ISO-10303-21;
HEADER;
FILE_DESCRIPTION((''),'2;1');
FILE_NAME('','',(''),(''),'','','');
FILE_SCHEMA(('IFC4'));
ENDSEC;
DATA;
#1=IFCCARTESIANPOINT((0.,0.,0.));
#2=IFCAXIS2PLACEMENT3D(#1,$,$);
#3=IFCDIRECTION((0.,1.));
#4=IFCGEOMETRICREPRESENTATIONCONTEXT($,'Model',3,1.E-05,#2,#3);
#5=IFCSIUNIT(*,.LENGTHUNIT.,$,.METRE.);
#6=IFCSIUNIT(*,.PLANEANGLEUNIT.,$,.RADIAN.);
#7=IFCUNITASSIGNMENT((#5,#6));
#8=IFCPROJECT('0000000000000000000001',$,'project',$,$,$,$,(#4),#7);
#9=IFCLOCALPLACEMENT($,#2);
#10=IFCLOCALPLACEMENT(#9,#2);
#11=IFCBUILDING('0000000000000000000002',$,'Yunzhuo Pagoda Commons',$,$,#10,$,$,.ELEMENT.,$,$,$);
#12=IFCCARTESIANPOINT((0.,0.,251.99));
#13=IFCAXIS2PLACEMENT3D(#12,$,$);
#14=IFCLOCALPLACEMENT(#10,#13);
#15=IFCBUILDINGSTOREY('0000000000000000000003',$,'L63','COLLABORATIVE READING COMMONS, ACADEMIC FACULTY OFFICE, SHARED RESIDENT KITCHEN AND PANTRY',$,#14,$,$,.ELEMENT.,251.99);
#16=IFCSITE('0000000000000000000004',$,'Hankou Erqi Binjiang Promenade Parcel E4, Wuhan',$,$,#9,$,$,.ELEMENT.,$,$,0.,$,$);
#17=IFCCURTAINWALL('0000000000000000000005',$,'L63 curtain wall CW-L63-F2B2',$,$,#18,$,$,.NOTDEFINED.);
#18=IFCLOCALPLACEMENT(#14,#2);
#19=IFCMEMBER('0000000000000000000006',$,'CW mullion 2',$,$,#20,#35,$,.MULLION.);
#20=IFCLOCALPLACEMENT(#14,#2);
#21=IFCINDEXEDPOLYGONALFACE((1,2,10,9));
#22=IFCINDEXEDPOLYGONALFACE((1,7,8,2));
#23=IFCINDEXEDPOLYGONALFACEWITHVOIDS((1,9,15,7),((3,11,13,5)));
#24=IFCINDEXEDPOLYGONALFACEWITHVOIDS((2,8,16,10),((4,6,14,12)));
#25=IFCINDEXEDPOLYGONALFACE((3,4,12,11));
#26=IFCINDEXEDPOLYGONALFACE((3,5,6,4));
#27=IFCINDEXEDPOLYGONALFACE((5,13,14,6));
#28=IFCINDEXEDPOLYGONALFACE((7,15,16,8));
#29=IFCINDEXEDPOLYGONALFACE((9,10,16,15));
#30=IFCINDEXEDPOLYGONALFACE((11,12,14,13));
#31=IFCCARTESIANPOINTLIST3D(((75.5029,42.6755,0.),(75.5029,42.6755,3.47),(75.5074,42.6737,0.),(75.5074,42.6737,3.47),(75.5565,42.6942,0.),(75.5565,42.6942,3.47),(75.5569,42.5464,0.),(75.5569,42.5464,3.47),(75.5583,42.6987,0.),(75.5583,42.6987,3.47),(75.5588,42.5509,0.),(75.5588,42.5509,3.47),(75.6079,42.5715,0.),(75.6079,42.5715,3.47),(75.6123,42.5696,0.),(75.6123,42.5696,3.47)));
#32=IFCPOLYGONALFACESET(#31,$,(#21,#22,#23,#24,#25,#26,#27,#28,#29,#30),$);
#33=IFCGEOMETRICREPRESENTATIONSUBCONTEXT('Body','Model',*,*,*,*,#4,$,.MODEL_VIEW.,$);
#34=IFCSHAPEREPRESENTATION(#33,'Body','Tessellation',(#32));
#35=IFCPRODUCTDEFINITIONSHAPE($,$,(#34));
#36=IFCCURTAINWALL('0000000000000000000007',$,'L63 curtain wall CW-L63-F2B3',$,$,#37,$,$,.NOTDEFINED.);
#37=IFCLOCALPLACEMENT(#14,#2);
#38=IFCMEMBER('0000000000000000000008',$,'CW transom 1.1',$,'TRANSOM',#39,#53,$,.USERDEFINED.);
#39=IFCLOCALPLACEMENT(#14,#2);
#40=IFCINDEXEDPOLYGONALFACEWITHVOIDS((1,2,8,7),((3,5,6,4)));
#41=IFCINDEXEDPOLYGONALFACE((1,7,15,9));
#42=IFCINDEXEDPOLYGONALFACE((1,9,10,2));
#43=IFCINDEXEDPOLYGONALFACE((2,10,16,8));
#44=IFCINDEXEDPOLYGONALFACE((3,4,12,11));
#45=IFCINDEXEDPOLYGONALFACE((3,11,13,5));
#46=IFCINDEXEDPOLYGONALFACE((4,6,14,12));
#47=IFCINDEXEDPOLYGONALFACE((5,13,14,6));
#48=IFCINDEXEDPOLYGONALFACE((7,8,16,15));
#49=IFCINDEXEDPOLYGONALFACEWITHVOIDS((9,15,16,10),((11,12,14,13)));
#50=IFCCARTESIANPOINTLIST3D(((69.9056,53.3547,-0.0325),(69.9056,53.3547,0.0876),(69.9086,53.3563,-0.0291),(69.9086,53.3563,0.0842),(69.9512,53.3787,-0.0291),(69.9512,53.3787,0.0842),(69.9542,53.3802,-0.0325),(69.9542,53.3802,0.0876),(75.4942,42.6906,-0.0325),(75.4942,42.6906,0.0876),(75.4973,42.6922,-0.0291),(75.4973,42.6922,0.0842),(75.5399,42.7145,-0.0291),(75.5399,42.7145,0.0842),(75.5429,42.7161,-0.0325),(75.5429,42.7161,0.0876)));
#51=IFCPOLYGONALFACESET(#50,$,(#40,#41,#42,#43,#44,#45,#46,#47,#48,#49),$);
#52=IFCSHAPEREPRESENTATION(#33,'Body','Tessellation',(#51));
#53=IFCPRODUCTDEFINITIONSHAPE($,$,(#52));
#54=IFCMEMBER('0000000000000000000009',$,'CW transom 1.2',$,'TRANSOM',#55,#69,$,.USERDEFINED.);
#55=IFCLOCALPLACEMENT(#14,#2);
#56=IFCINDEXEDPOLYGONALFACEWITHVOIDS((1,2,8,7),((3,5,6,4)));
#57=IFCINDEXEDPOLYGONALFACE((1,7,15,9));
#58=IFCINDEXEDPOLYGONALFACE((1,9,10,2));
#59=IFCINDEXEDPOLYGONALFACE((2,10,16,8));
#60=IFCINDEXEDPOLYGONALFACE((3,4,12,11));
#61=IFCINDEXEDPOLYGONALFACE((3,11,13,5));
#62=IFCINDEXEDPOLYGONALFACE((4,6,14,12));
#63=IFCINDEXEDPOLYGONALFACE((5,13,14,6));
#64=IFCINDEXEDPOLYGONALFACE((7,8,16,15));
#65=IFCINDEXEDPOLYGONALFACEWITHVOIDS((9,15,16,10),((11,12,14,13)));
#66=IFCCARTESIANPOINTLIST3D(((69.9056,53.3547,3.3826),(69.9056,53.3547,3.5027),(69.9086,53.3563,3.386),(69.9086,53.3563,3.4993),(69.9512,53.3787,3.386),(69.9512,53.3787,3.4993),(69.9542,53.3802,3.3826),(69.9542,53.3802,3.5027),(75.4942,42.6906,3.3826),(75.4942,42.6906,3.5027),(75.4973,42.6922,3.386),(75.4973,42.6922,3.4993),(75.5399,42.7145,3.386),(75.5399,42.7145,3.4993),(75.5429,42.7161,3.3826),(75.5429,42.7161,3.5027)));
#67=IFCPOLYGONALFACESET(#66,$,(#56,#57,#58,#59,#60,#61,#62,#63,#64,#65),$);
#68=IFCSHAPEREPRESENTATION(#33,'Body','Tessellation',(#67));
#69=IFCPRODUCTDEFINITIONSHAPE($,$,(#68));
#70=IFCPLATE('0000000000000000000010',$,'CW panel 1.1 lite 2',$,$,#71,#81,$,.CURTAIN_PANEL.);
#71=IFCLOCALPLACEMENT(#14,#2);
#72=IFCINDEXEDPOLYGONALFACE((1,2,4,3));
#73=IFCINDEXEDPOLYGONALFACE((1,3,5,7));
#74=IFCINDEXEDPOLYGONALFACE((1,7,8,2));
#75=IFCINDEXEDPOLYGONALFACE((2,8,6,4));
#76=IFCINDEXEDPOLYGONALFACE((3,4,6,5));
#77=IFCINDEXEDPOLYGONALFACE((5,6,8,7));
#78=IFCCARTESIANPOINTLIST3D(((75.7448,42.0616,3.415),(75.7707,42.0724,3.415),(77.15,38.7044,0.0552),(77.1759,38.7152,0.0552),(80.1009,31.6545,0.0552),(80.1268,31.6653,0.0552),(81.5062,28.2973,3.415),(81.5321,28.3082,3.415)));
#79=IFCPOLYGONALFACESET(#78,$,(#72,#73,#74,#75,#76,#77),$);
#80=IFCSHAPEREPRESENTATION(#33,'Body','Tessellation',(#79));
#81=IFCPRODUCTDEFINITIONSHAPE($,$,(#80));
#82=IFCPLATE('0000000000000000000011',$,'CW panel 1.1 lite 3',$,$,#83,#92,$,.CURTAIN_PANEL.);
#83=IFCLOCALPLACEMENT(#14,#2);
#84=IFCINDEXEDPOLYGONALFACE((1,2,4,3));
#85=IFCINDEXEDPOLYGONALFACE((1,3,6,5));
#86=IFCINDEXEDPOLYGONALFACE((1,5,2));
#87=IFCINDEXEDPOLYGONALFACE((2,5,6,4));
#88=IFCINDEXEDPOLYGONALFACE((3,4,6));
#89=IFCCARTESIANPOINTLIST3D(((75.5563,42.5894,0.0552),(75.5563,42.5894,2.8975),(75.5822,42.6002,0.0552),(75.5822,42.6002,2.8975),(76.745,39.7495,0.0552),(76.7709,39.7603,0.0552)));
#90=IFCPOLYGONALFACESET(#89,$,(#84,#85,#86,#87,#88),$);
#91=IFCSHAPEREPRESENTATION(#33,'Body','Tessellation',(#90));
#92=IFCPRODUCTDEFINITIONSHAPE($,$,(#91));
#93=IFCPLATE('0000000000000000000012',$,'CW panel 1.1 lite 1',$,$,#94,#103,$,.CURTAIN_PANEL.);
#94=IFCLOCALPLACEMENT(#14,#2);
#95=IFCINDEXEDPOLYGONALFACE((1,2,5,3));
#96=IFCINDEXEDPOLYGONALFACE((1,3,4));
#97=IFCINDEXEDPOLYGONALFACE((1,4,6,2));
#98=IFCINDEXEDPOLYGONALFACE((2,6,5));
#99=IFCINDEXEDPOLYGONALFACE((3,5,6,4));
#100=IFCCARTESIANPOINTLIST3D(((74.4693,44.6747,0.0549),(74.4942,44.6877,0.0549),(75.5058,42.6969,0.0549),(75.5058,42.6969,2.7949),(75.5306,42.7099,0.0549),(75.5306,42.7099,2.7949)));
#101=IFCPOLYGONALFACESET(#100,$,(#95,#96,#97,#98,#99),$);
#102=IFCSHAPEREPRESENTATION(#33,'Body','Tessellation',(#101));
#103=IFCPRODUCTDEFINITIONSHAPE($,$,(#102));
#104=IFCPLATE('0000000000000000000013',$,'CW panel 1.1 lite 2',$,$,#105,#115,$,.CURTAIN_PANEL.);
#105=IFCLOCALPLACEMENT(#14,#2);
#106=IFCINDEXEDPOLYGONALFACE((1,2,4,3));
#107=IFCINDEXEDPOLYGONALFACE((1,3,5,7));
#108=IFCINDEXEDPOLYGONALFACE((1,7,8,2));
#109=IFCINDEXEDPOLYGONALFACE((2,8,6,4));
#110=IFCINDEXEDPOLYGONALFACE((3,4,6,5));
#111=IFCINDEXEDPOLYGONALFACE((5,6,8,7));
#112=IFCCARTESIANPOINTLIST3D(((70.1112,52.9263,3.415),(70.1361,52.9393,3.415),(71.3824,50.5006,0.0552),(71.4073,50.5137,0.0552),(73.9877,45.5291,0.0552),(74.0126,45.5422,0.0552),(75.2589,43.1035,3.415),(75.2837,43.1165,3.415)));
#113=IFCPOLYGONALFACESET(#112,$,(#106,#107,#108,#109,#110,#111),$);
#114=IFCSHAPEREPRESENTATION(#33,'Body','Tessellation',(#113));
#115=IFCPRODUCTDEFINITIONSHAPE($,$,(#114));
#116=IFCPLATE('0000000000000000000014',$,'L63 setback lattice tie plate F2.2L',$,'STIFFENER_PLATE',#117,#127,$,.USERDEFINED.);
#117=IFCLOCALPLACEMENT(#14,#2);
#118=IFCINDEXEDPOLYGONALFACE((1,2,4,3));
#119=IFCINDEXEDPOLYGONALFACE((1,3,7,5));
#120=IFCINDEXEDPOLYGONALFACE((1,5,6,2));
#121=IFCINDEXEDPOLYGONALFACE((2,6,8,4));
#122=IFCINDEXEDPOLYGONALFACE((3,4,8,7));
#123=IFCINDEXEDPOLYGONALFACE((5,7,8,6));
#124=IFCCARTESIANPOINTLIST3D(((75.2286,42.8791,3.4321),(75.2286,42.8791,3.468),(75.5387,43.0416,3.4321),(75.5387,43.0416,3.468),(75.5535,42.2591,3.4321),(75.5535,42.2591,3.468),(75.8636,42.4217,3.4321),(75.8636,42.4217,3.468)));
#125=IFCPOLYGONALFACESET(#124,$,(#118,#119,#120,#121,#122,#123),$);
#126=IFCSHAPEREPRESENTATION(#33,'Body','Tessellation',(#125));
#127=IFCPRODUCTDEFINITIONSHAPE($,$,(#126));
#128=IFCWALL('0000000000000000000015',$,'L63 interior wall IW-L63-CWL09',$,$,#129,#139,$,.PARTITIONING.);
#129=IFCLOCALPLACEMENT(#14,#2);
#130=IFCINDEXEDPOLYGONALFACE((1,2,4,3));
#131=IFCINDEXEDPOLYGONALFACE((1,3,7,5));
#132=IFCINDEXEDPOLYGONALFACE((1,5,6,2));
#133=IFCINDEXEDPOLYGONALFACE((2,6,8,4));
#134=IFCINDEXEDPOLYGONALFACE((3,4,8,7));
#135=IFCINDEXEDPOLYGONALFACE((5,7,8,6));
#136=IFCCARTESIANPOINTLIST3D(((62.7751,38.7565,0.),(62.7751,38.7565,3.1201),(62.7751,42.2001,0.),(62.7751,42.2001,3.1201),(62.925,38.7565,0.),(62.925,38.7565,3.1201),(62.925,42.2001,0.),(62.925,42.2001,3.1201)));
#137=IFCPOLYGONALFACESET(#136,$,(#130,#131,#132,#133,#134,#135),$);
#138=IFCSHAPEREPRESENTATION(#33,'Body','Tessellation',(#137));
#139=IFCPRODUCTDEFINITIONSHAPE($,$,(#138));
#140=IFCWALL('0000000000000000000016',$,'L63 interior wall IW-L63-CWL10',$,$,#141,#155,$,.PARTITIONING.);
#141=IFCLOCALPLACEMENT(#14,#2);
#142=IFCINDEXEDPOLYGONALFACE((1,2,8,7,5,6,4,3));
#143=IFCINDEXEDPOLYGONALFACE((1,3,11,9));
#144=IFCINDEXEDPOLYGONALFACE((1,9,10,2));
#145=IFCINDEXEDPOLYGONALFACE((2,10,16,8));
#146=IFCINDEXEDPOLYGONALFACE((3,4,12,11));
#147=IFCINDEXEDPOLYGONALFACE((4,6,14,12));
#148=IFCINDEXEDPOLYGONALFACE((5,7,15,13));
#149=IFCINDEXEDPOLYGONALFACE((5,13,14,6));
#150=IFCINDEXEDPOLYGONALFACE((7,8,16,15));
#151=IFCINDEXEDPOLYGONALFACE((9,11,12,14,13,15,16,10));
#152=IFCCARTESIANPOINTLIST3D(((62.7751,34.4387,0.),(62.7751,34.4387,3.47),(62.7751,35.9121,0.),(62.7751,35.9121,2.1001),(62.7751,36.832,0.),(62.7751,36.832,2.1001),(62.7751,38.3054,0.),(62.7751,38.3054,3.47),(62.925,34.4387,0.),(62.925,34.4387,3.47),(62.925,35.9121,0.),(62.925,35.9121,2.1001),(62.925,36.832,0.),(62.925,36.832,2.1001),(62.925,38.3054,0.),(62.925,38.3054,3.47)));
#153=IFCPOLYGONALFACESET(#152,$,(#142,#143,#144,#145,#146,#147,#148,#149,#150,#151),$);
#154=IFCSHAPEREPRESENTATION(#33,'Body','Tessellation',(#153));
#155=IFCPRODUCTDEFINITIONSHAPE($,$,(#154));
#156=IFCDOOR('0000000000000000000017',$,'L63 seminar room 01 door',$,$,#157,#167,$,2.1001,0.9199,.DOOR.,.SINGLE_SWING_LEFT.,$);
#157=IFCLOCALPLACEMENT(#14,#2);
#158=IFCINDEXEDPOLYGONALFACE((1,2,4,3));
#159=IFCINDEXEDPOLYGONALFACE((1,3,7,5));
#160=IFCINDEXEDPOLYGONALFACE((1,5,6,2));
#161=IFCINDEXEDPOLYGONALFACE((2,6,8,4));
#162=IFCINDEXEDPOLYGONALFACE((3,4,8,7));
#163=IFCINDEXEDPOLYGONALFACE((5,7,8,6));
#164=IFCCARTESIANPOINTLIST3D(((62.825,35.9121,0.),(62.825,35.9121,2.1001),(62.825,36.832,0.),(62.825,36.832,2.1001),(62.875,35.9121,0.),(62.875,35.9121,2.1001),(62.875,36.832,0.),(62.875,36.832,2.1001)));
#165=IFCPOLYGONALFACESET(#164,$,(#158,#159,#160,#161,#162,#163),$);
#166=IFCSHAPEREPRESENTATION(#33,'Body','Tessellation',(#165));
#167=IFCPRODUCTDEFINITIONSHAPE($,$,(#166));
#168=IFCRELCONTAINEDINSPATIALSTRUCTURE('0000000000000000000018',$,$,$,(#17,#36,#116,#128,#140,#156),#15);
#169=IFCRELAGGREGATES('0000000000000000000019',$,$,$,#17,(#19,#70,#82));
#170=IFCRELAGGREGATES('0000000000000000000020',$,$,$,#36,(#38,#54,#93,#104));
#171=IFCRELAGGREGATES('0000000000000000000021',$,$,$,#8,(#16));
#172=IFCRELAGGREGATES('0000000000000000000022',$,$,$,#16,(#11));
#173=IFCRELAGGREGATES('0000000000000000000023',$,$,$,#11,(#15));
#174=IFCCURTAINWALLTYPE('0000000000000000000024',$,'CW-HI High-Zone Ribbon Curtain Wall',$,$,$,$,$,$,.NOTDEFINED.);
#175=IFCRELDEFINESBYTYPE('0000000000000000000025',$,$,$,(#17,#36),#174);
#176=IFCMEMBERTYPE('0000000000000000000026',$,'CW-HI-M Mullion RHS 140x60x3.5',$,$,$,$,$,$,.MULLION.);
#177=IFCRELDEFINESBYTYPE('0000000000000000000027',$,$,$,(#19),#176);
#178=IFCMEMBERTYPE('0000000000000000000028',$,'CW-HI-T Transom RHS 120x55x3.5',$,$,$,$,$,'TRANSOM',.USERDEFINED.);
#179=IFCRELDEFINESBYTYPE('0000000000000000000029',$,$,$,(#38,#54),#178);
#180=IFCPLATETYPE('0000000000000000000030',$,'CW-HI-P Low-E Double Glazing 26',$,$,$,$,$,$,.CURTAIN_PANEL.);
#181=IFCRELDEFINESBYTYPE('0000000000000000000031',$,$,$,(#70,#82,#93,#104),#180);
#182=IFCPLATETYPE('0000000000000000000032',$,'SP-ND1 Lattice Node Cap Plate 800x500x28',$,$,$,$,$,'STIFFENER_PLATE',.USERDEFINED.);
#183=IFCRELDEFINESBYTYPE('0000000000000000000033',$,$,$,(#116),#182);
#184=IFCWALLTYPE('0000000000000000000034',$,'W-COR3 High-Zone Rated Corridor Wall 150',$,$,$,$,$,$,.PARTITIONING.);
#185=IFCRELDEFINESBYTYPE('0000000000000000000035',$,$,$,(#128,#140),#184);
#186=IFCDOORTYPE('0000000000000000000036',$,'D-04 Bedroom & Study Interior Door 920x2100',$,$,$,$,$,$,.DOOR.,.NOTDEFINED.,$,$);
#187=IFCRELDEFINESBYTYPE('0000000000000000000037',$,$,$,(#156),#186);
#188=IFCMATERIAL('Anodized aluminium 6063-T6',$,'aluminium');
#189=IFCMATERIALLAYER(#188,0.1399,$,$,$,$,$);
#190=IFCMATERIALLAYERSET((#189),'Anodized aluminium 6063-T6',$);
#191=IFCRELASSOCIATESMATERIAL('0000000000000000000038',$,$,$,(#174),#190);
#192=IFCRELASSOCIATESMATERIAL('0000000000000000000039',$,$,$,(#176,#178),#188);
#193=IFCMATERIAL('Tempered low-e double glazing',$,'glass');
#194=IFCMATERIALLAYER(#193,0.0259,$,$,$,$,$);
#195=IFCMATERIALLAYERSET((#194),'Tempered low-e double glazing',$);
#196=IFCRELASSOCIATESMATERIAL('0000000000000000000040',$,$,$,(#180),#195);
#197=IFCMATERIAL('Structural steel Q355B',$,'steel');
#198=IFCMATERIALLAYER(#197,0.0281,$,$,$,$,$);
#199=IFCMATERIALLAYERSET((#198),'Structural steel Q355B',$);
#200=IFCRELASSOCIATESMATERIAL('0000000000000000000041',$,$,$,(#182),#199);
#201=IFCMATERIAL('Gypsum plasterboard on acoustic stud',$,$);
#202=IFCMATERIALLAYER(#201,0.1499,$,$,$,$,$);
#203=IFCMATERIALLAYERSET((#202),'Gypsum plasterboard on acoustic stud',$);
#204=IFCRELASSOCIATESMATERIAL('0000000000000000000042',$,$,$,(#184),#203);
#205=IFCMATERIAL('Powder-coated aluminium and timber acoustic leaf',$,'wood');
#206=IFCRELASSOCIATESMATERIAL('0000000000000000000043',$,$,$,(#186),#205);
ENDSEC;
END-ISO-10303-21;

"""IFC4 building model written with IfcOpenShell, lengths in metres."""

from ifc_helpers import new_model, si_unit, direction, frame, frame_2d, origin, origin_with_axes, origin_2d, place, context, subcontext, project, spatial, polyline, rectangle, hollow_rectangle, outline, extrude, source, transform, mapped, material, layer, layer_set, material_profile, profile_set, type_object, element, fill, aggregate, save


model = new_model("IFC4")

# Units and contexts
model_context = context("Model", 3, precision=1e-05, world=origin(), true_north=direction((0.0, 1.0)))
body_context = subcontext(model_context, "Body", "Model", "MODEL_VIEW")
ifc_project = project(units=[si_unit("LENGTHUNIT", "METRE"), si_unit("PLANEANGLEUNIT", "RADIAN")], contexts=[model_context])

# Site, building, storey
site_placement = place(None, origin())
site = spatial("IfcSite", under=ifc_project, at=site_placement, Name="Hankou Erqi Binjiang Promenade Parcel E4, Wuhan", CompositionType="ELEMENT", RefElevation=0.0)
building_placement = place(site_placement, origin())
building = spatial("IfcBuilding", under=site, at=building_placement, Name="Yunzhuo Pagoda Commons", CompositionType="ELEMENT")
storey_placement = place(building_placement, frame((0.0, 0.0, 251.99)))
storey = spatial("IfcBuildingStorey", under=building, at=storey_placement, Name="L63", Description="COLLABORATIVE READING COMMONS, ACADEMIC FACULTY OFFICE, SHARED RESIDENT KITCHEN AND PANTRY", CompositionType="ELEMENT", Elevation=251.99)

# Shared definitions
ifc_material_1 = material(Name="Structural steel Q355B", Category="steel")

# Curtain wall, member
ifc_material_2 = material(Name="Anodized aluminium 6063-T6", Category="aluminium")
ifc_layer_1 = layer(ifc_material_2, 0.1399)
ifc_layer_set_1 = layer_set([ifc_layer_1], Name="Anodized aluminium 6063-T6")
curtain_wall_type = type_object("IfcCurtainWallType", Name="CW-HI High-Zone Ribbon Curtain Wall", PredefinedType="NOTDEFINED", material=ifc_layer_set_1)
curtain_wall_1_placement = place(storey_placement, origin())
curtain_wall_1 = element("IfcCurtainWall", 1, at=curtain_wall_1_placement, inside=storey, type_object=curtain_wall_type, Name="L63 curtain wall CW-L63-F2B2", PredefinedType="NOTDEFINED")
ifc_material_profile_1 = material_profile(ifc_material_2, hollow_rectangle(XDim=0.0601, YDim=0.1399, WallThickness=0.0034, at=origin_2d()), Name="Anodized aluminium 6063-T6")
ifc_profile_set_1 = profile_set([ifc_material_profile_1], Name="Anodized aluminium 6063-T6")
member_type_1 = type_object("IfcMemberType", Name="CW-HI-M Mullion RHS 140x60x3.5", PredefinedType="MULLION", material=ifc_profile_set_1)
shared_shape_1 = source(origin(), body_context, "Body", "SweptSolid", [
    extrude(hollow_rectangle(XDim=0.0601, YDim=0.1399, WallThickness=0.0034, at=origin_2d()), origin(), (0.0, 0.0, 1.0), 3.47),
])
member_1_placement = place(storey_placement, frame((75.5576, 42.6226, 0.0), z_axis=(0.0, 0.0, 1.0), x_axis=(-0.922451, -0.386115, 0.0)))
member_1 = element("IfcMember", 2, at=member_1_placement, type_object=member_type_1, Name="CW mullion 2", PredefinedType="MULLION", context=body_context, shape_type="MappedRepresentation", body=[
    mapped(shared_shape_1, transform((0.0, 0.0, 0.0), scale=1.0)),
])

# Curtain wall, members
curtain_wall_2_placement = place(storey_placement, origin())
curtain_wall_2 = element("IfcCurtainWall", 3, at=curtain_wall_2_placement, inside=storey, type_object=curtain_wall_type, Name="L63 curtain wall CW-L63-F2B3", PredefinedType="NOTDEFINED")
ifc_material_profile_2 = material_profile(ifc_material_2, hollow_rectangle(XDim=0.0549, YDim=0.1201, WallThickness=0.0034, at=origin_2d()), Name="Anodized aluminium 6063-T6")
ifc_profile_set_2 = profile_set([ifc_material_profile_2], Name="Anodized aluminium 6063-T6")
member_type_2 = type_object("IfcMemberType", Name="CW-HI-T Transom RHS 120x55x3.5", ElementType="TRANSOM", PredefinedType="USERDEFINED", material=ifc_profile_set_2)
shared_shape_2 = source(origin(), body_context, "Body", "SweptSolid", [
    extrude(hollow_rectangle(XDim=0.0549, YDim=0.1201, WallThickness=0.0034, at=origin_2d()), origin(), (0.0, 0.0, 1.0), 12.0398),
])
member_2_placement = place(storey_placement, frame((75.5186, 42.7034, 0.0276), z_axis=(-0.464182, 0.88574, 0.0), x_axis=(-0.88574, -0.464182, 0.0)))
member_2 = element("IfcMember", 4, at=member_2_placement, type_object=member_type_2, Name="CW transom 1.1", ObjectType="TRANSOM", PredefinedType="USERDEFINED", context=body_context, shape_type="MappedRepresentation", body=[
    mapped(shared_shape_2, transform((0.0, 0.0, 0.0), scale=1.0)),
])
member_3_placement = place(storey_placement, frame((75.5186, 42.7034, 3.4426), z_axis=(-0.464182, 0.88574, 0.0), x_axis=(-0.88574, -0.464182, 0.0)))
member_3 = element("IfcMember", 5, at=member_3_placement, type_object=member_type_2, Name="CW transom 1.2", ObjectType="TRANSOM", PredefinedType="USERDEFINED", context=body_context, shape_type="MappedRepresentation", body=[
    mapped(shared_shape_2, transform((0.0, 0.0, 0.0), scale=1.0)),
])

# Plates
ifc_material_3 = material(Name="Tempered low-e double glazing", Category="glass")
ifc_layer_2 = layer(ifc_material_3, 0.0259)
ifc_layer_set_2 = layer_set([ifc_layer_2], Name="Tempered low-e double glazing")
plate_type_1 = type_object("IfcPlateType", Name="CW-HI-P Low-E Double Glazing 26", PredefinedType="CURTAIN_PANEL", material=ifc_layer_set_2)
plate_1_placement = place(storey_placement, frame((78.6255, 35.1794, 1.7351), z_axis=(0.922451, 0.386115, 0.0), x_axis=(-0.386115, 0.922451, 0.0)))
plate_1 = element("IfcPlate", 6, at=plate_1_placement, type_object=plate_type_1, Name="CW panel 1.1 lite 2", PredefinedType="CURTAIN_PANEL", context=body_context, shape_type="SweptSolid", body=[
    extrude(outline(polyline([(-7.4607, 1.6799), (-3.8213, -1.6799), (3.8213, -1.6799), (7.4607, 1.6799), (-7.4607, 1.6799)])), origin(), (0.0, 0.0, 1.0), 0.0281),
])
plate_2_placement = place(storey_placement, frame((76.1506, 41.1694, 1.4763), z_axis=(0.922451, 0.386115, 0.0), x_axis=(-0.386115, 0.922451, 0.0)))
plate_2 = element("IfcPlate", 7, at=plate_2_placement, type_object=plate_type_1, Name="CW panel 1.1 lite 3", PredefinedType="CURTAIN_PANEL", context=body_context, shape_type="SweptSolid", body=[
    extrude(outline(polyline([(-1.5393, -1.4211), (1.5393, -1.4211), (1.5393, 1.4211), (-1.5393, -1.4211)])), origin(), (0.0, 0.0, 1.0), 0.0281),
])
aggregate(curtain_wall_1, [member_1, plate_1, plate_2])
plate_3_placement = place(storey_placement, frame((74.9875, 43.6858, 1.4248), z_axis=(0.885743, 0.464176, 0.0), x_axis=(-0.464176, 0.885743, 0.0)))
plate_3 = element("IfcPlate", 8, at=plate_3_placement, type_object=plate_type_1, Name="CW panel 1.1 lite 1", PredefinedType="CURTAIN_PANEL", context=body_context, shape_type="SweptSolid", body=[
    extrude(outline(polyline([(-1.1165, -1.3699), (1.1165, -1.3699), (-1.1165, 1.3701), (-1.1165, -1.3699)])), origin(), (0.0, 0.0, 1.0), 0.0281),
])
plate_4_placement = place(storey_placement, frame((72.6851, 48.0149, 1.7351), z_axis=(0.885743, 0.464176, 0.0), x_axis=(-0.464176, 0.885743, 0.0)))
plate_4 = element("IfcPlate", 9, at=plate_4_placement, type_object=plate_type_1, Name="CW panel 1.1 lite 2", PredefinedType="CURTAIN_PANEL", context=body_context, shape_type="SweptSolid", body=[
    extrude(outline(polyline([(-5.5449, 1.6799), (-2.8064, -1.6799), (2.8064, -1.6799), (5.5449, 1.6799), (-5.5449, 1.6799)])), origin(), (0.0, 0.0, 1.0), 0.0281),
])
aggregate(curtain_wall_2, [member_2, member_3, plate_3, plate_4])
ifc_layer_3 = layer(ifc_material_1, 0.0281)
ifc_layer_set_3 = layer_set([ifc_layer_3], Name="Structural steel Q355B")
plate_type_2 = type_object("IfcPlateType", Name="SP-ND1 Lattice Node Cap Plate 800x500x28", ElementType="STIFFENER_PLATE", PredefinedType="USERDEFINED", material=ifc_layer_set_3)
shared_shape_3 = source(origin(), body_context, "Body", "SweptSolid", [
    extrude(rectangle(XDim=0.7, YDim=0.3501, at=origin_2d()), origin(), (0.0, 0.0, 1.0), 0.0359),
])
plate_5_placement = place(storey_placement, frame((75.5461, 42.6504, 3.4321), z_axis=(0.0, 0.0, 1.0), x_axis=(-0.464177, 0.885742, 0.0)))
element("IfcPlate", 10, at=plate_5_placement, inside=storey, type_object=plate_type_2, Name="L63 setback lattice tie plate F2.2L", ObjectType="STIFFENER_PLATE", PredefinedType="USERDEFINED", context=body_context, shape_type="MappedRepresentation", body=[
    mapped(shared_shape_3, transform((0.0, 0.0, 0.0), scale=1.0)),
])

# Wall
ifc_material_4 = material(Name="Gypsum plasterboard on acoustic stud")
ifc_layer_4 = layer(ifc_material_4, 0.1499)
ifc_layer_set_4 = layer_set([ifc_layer_4], Name="Gypsum plasterboard on acoustic stud")
wall_type_1 = type_object("IfcWallType", Name="W-COR3 High-Zone Rated Corridor Wall 150", PredefinedType="PARTITIONING", material=ifc_layer_set_4)
wall_1_placement = place(storey_placement, frame((62.8501, 42.2, 0.0), z_axis=(0.0, 0.0, 1.0), x_axis=(0.0, -1.0, 0.0)))
element("IfcWall", 11, at=wall_1_placement, inside=storey, type_object=wall_type_1, Name="L63 interior wall IW-L63-CWL09", PredefinedType="PARTITIONING", context=body_context, shape_type="SweptSolid", body=[
    extrude(rectangle(XDim=3.4436, YDim=0.1499, at=frame_2d((1.7217, 0.0))), origin(), (0.0, 0.0, 1.0), 3.1201),
])

# Wall, opening, door
wall_2_placement = place(storey_placement, frame((62.8501, 38.3054, 0.0), z_axis=(0.0, 0.0, 1.0), x_axis=(0.0, -1.0, 0.0)))
wall_2 = element("IfcWall", 12, at=wall_2_placement, inside=storey, type_object=wall_type_1, Name="L63 interior wall IW-L63-CWL10", PredefinedType="PARTITIONING", context=body_context, shape_type="SweptSolid", body=[
    extrude(rectangle(XDim=3.8667, YDim=0.1499, at=frame_2d((1.9333, 0.0))), origin(), (0.0, 0.0, 1.0), 3.47),
])
opening_placement = place(wall_2_placement, frame((1.4734, 0.0, 0.0)))
opening = element("IfcOpeningElement", 13, at=opening_placement, cuts=wall_2, PredefinedType="OPENING", context=body_context, shape_type="SweptSolid", body=[
    extrude(rectangle(XDim=0.9199, YDim=2.1001, at=frame_2d((0.46, 1.05))), frame((0.0, 0.085, 0.0), z_axis=(0.0, -1.0, 0.0), x_axis=(1.0, 0.0, 0.0)), (0.0, 0.0, 1.0), 0.1699),
])
ifc_material_5 = material(Name="Powder-coated aluminium and timber acoustic leaf", Category="wood")
door_type = type_object("IfcDoorType", Name="D-04 Bedroom & Study Interior Door 920x2100", OperationType="NOTDEFINED", PredefinedType="DOOR", material=ifc_material_5)
shared_shape_4 = source(origin(), body_context, "Body", "SweptSolid", [
    extrude(rectangle(XDim=0.9199, YDim=2.1001, at=frame_2d((0.46, 1.05))), frame((0.0, 0.0249, 0.0), z_axis=(0.0, -1.0, 0.0), x_axis=(1.0, 0.0, 0.0)), (0.0, 0.0, 1.0), 0.05),
])
door_placement = place(opening_placement, origin_with_axes())
door = element("IfcDoor", 14, at=door_placement, inside=storey, type_object=door_type, Name="L63 seminar room 01 door", OperationType="SINGLE_SWING_LEFT", OverallHeight=2.1001, OverallWidth=0.9199, PredefinedType="DOOR", context=body_context, shape_type="MappedRepresentation", body=[
    mapped(shared_shape_4, transform((0.0, 0.0, 0.0), scale=1.0)),
])
fill(opening, door)

save(model, "model.ifc")
